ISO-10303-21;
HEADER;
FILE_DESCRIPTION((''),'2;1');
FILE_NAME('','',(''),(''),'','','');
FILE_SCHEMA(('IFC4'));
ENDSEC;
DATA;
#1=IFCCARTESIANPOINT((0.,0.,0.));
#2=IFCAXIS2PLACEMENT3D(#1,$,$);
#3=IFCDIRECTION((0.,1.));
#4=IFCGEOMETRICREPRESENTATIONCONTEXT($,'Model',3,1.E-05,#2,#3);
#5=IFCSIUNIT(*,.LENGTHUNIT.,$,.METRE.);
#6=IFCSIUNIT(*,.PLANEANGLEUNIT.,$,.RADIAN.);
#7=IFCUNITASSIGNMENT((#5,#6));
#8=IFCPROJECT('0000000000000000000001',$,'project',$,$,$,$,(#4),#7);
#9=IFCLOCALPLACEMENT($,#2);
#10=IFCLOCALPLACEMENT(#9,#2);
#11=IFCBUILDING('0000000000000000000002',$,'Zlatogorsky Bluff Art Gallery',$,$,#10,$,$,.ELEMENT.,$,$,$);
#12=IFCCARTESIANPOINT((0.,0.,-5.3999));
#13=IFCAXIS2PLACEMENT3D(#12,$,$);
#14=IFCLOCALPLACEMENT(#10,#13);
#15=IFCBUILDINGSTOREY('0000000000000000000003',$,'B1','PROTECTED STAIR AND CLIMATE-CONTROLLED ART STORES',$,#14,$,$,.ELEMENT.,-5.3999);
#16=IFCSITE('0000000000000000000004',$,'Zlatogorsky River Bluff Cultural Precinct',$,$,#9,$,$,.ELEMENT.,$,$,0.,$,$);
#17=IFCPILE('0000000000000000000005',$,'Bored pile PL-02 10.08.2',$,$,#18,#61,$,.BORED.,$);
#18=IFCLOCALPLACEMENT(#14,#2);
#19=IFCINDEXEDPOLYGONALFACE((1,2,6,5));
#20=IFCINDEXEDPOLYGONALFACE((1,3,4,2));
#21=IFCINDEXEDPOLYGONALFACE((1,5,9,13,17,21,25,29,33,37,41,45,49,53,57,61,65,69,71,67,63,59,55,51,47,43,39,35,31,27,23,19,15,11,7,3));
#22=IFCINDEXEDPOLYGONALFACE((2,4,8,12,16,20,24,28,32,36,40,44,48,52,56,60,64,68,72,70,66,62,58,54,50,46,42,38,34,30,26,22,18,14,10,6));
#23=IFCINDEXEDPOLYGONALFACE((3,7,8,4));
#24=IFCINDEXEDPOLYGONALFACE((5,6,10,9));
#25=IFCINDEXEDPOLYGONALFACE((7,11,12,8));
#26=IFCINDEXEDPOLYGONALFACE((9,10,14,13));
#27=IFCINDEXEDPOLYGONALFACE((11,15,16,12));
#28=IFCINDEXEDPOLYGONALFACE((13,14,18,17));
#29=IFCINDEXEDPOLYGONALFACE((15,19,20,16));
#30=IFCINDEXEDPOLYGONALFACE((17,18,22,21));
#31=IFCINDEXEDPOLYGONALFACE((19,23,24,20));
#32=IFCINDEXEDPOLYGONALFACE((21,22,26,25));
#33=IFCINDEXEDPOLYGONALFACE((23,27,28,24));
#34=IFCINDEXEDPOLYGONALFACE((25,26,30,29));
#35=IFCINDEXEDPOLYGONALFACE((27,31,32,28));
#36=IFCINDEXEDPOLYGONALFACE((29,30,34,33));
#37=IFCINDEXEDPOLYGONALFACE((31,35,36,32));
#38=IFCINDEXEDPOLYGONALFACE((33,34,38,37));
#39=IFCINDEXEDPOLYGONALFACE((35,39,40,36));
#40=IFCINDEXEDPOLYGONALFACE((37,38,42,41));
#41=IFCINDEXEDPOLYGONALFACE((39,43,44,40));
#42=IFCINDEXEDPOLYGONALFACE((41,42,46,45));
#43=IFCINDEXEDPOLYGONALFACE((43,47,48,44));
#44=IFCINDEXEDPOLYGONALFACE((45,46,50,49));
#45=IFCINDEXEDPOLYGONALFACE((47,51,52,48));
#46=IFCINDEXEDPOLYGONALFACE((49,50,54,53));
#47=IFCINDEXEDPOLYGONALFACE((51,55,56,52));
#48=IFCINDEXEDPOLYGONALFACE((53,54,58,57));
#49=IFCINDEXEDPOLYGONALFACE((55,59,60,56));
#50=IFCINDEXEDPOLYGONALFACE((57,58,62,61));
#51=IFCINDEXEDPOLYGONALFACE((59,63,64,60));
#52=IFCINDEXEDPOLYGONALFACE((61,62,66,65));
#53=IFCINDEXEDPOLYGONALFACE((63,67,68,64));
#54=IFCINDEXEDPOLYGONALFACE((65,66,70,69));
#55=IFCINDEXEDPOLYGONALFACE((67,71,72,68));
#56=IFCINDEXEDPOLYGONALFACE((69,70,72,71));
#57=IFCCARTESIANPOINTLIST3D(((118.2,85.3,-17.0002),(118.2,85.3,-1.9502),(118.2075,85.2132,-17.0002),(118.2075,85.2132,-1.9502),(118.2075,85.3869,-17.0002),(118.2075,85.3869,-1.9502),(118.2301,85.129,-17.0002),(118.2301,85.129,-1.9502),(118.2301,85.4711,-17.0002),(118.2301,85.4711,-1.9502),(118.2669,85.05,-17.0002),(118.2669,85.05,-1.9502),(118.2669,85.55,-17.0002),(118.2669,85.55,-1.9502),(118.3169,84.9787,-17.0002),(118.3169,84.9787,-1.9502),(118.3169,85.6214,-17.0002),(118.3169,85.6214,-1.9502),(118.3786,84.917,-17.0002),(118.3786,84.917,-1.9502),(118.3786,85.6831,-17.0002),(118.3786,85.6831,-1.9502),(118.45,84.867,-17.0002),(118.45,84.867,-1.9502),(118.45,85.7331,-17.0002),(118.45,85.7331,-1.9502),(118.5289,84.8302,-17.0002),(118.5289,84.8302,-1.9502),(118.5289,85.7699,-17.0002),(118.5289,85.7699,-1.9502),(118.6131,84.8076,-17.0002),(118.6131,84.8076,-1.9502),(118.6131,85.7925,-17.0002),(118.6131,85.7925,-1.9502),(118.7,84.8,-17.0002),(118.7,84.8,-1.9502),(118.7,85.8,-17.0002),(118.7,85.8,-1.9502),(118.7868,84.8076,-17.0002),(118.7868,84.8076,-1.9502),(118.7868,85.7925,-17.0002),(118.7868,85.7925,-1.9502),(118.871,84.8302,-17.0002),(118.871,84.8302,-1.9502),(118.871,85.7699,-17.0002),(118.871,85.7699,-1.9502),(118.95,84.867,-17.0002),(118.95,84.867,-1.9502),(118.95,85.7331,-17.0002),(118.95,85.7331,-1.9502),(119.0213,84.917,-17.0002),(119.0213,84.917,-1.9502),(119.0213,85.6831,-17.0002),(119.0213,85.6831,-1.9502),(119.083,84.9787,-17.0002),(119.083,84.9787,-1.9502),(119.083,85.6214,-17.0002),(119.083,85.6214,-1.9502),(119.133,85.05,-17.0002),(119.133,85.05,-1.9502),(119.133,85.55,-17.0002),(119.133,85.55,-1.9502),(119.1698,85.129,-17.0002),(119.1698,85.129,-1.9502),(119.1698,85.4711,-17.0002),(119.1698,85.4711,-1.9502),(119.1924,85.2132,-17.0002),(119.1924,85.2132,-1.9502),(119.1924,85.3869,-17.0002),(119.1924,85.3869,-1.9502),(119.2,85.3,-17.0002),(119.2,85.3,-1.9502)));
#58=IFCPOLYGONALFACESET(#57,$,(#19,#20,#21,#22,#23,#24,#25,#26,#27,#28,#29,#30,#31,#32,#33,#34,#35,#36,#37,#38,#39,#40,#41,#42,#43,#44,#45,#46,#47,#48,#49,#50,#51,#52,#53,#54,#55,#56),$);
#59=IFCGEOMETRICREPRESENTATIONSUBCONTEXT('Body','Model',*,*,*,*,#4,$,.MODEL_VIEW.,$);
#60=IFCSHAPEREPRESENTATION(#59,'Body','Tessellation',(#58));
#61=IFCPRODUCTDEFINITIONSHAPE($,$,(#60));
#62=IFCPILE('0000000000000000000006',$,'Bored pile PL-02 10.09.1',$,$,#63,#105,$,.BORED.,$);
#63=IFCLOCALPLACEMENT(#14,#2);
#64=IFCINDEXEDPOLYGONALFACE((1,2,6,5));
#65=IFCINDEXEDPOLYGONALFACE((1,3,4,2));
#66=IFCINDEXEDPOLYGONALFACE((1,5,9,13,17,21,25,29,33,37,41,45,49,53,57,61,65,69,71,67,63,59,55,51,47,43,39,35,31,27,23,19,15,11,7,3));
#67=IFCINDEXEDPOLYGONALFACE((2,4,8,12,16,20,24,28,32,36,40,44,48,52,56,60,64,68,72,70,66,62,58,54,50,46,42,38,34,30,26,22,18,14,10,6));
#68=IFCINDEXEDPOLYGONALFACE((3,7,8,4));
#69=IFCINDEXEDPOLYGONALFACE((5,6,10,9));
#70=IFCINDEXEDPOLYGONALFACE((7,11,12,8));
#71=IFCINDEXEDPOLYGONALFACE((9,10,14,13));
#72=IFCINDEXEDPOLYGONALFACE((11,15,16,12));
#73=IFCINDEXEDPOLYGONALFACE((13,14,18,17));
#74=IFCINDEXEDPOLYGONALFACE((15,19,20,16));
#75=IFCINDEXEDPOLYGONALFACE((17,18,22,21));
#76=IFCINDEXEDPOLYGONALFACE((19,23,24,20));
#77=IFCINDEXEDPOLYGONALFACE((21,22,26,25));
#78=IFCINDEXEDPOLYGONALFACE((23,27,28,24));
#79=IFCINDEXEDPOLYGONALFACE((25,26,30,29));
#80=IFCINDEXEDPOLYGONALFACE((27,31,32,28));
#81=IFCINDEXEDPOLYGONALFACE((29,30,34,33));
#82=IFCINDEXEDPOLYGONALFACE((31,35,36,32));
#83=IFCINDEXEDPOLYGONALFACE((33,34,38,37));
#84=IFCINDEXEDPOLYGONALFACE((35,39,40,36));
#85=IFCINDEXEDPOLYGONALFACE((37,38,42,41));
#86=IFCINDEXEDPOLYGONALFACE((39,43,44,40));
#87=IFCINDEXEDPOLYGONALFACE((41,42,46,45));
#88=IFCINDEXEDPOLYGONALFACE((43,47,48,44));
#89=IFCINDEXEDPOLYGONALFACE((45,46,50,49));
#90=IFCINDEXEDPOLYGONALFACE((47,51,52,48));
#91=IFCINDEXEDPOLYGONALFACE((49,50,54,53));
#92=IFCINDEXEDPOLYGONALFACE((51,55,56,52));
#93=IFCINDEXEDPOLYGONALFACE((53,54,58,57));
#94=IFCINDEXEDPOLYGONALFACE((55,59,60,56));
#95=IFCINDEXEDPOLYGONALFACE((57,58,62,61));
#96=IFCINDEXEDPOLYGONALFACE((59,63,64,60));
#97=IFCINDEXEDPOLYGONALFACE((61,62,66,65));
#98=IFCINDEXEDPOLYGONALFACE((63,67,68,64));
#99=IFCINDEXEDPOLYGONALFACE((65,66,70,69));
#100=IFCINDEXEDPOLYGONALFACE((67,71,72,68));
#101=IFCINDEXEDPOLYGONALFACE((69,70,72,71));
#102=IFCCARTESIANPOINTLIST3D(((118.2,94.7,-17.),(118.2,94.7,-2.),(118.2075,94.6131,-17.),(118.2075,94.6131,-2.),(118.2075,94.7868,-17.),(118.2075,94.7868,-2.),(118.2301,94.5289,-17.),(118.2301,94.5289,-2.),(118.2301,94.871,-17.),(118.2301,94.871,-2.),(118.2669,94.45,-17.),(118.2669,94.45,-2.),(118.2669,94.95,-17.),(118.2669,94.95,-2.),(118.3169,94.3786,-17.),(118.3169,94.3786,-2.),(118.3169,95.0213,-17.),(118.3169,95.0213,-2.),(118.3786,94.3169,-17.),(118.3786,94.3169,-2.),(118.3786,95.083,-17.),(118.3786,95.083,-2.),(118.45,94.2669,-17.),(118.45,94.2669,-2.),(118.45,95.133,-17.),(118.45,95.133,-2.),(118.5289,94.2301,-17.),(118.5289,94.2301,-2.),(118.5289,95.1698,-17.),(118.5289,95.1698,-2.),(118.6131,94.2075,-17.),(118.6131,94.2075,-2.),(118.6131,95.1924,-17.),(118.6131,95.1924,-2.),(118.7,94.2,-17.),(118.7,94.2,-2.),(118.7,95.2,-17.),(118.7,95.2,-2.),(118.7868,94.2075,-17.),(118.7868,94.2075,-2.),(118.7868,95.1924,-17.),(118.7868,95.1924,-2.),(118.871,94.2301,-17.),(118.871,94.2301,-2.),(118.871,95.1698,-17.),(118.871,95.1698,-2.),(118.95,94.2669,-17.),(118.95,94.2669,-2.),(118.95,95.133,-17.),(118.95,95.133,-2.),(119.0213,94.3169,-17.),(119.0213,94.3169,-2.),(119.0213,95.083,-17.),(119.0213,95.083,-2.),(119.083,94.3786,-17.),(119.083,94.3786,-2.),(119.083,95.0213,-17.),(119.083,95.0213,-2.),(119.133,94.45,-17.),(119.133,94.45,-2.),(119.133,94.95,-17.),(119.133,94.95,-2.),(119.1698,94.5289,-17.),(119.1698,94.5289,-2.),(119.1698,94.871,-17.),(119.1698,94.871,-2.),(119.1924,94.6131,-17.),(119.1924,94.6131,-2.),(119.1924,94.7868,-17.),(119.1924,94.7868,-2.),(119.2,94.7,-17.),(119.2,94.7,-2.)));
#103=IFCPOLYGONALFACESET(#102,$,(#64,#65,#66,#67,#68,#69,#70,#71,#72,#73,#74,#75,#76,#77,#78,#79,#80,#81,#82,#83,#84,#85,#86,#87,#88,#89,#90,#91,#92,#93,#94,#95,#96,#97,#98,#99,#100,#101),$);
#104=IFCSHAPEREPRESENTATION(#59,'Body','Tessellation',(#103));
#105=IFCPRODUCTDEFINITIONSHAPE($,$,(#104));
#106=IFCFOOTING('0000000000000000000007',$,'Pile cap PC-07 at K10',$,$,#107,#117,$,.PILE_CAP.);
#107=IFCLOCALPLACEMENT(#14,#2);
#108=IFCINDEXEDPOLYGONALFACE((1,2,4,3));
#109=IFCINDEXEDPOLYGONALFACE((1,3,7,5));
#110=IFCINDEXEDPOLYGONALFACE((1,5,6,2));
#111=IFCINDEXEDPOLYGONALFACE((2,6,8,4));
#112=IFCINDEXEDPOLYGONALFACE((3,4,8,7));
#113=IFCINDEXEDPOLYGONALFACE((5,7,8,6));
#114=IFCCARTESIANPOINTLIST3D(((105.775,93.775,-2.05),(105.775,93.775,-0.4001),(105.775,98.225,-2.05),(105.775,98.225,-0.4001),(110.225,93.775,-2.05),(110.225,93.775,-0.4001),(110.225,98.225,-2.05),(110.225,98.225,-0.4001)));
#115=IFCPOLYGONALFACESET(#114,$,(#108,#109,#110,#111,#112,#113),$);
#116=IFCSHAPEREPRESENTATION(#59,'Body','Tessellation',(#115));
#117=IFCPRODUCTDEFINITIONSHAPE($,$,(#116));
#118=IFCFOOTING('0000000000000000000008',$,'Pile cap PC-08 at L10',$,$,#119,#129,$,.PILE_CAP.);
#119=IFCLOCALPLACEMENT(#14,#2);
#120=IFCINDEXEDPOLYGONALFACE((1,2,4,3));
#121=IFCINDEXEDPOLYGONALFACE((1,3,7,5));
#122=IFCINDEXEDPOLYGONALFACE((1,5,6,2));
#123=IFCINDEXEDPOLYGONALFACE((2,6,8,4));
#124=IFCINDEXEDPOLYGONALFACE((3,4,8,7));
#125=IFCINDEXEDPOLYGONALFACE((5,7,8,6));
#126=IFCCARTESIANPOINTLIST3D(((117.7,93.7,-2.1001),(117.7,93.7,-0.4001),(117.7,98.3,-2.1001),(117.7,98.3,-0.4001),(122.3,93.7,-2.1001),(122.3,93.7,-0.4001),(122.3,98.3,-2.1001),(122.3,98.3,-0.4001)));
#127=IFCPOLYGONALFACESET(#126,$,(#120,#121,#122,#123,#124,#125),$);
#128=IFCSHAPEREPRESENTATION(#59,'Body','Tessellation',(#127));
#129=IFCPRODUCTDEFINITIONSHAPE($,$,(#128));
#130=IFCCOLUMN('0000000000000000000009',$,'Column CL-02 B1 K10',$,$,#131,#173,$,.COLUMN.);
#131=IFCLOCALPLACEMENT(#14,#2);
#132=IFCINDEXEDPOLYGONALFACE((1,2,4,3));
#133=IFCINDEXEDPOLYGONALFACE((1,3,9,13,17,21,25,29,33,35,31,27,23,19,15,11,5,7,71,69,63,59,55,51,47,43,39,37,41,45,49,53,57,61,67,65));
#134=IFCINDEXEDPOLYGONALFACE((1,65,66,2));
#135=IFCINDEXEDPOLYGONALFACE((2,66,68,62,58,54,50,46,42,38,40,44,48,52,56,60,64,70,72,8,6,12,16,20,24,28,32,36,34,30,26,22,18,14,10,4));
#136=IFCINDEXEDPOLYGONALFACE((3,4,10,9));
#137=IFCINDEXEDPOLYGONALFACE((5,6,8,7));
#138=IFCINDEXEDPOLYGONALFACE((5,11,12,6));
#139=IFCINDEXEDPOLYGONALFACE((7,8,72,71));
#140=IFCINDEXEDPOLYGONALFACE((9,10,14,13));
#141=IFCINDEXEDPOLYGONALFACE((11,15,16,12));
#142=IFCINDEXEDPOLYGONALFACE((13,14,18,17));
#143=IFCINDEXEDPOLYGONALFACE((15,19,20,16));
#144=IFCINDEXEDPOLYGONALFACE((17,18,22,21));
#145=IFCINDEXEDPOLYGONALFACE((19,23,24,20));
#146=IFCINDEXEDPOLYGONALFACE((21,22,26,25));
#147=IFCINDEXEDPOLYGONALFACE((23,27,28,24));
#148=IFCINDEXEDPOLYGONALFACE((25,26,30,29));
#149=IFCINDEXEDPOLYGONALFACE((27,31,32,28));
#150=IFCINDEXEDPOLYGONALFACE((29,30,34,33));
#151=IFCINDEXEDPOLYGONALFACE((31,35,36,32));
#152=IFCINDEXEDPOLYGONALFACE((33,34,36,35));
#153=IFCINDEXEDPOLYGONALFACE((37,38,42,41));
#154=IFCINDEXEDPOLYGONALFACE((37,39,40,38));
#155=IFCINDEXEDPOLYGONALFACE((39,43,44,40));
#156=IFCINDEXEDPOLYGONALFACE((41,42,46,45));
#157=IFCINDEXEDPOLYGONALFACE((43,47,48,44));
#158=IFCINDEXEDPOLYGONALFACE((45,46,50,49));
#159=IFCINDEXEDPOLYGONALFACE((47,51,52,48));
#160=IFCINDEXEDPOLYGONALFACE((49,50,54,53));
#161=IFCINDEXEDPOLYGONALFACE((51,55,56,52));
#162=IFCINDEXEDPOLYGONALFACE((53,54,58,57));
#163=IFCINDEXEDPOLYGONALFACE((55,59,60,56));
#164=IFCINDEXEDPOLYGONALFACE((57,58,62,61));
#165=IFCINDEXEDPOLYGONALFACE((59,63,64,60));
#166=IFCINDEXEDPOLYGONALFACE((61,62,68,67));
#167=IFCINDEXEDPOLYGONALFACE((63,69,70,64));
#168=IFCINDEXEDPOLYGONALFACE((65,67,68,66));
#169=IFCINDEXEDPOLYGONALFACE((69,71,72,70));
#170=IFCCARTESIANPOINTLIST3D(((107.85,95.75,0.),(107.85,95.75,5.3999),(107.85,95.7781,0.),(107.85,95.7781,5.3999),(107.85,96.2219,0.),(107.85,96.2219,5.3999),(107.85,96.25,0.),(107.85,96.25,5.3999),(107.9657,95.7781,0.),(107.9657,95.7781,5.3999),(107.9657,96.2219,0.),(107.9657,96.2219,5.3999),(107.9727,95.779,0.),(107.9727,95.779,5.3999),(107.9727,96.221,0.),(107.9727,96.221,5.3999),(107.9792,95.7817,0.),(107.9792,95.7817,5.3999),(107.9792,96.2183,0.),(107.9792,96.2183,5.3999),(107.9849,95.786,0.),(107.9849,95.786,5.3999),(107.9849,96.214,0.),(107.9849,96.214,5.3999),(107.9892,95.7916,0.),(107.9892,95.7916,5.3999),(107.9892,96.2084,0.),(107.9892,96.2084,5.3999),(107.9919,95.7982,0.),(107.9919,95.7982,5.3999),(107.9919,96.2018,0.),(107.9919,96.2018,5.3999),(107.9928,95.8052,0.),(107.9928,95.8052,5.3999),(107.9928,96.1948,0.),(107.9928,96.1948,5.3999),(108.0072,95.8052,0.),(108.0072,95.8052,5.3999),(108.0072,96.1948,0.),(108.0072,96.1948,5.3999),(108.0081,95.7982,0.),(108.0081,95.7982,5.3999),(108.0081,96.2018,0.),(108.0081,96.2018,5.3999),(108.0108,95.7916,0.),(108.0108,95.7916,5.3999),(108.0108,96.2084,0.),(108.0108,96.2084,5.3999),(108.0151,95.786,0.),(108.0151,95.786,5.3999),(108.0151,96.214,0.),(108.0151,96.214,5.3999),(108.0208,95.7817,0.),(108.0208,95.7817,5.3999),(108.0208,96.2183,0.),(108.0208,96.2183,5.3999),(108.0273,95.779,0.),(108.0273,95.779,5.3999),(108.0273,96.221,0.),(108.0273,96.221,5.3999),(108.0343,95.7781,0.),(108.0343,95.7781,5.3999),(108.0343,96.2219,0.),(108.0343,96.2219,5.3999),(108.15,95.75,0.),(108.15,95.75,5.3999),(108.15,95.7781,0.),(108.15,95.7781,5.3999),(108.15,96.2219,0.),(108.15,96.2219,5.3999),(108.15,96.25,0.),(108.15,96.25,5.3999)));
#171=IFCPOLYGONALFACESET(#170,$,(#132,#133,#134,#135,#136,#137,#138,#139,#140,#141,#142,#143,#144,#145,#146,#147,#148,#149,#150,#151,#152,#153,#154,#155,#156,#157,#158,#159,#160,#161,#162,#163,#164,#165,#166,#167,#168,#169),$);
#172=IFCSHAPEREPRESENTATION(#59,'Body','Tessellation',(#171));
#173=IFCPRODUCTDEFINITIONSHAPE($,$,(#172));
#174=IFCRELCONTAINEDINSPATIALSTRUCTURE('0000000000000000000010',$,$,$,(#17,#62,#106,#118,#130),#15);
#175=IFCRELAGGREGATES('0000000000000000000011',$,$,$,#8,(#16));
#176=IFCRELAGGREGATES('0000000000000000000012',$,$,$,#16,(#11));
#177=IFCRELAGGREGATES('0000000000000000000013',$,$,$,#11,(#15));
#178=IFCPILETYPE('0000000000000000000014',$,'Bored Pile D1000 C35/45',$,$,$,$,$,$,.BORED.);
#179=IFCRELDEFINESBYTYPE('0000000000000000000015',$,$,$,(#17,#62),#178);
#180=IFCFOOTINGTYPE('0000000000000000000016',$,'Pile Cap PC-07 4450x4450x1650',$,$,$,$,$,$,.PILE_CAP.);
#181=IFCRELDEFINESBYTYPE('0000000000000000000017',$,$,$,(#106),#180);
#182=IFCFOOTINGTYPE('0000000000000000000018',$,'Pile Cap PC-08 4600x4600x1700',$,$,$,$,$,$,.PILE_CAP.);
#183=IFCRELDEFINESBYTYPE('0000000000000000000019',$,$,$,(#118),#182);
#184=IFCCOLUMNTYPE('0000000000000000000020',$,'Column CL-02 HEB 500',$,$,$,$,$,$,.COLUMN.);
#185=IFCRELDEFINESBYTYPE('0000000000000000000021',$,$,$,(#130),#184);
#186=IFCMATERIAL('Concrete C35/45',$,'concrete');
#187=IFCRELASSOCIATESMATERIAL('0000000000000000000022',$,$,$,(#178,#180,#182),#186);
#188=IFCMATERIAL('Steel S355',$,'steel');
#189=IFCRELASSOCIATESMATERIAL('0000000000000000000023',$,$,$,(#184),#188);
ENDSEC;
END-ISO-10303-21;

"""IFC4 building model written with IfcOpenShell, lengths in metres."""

from ifc_helpers import new_model, si_unit, direction, frame, origin, origin_2d, place, context, subcontext, project, spatial, rectangle, circle, i_section, extrude, material, material_profile, profile_set, type_object, element, save


model = new_model("IFC4")

# Units and contexts
model_context = context("Model", 3, precision=1e-05, world=origin(), true_north=direction((0.0, 1.0)))
body_context = subcontext(model_context, "Body", "Model", "MODEL_VIEW")
ifc_project = project(units=[si_unit("LENGTHUNIT", "METRE"), si_unit("PLANEANGLEUNIT", "RADIAN")], contexts=[model_context])

# Site, building, storey
site_placement = place(None, origin())
site = spatial("IfcSite", under=ifc_project, at=site_placement, Name="Zlatogorsky River Bluff Cultural Precinct", CompositionType="ELEMENT", RefElevation=0.0)
building_placement = place(site_placement, origin())
building = spatial("IfcBuilding", under=site, at=building_placement, Name="Zlatogorsky Bluff Art Gallery", CompositionType="ELEMENT")
storey_placement = place(building_placement, frame((0.0, 0.0, -5.3999)))
storey = spatial("IfcBuildingStorey", under=building, at=storey_placement, Name="B1", Description="PROTECTED STAIR AND CLIMATE-CONTROLLED ART STORES", CompositionType="ELEMENT", Elevation=-5.3999)

# Piles
ifc_material_1 = material(Name="Concrete C35/45", Category="concrete")
ifc_material_profile_1 = material_profile(ifc_material_1, circle(Radius=0.5, at=origin_2d()), Name="BORED PILE D1000")
ifc_profile_set_1 = profile_set([ifc_material_profile_1], Name="Concrete C35/45")
pile_type = type_object("IfcPileType", Name="Bored Pile D1000 C35/45", PredefinedType="BORED", material=ifc_profile_set_1)
for number, where, z_axis, x_axis, name in (
    (1, (118.7, 85.3, -1.9502), (0.0, 0.0, -1.0), (1.0, 0.0, 0.0), "Bored pile PL-02 10.08.2"),
):
    element("IfcPile", number, at=place(storey_placement, frame(where, z_axis=z_axis, x_axis=x_axis)), inside=storey, type_object=pile_type, Name=name, PredefinedType="BORED", context=body_context, shape_type="SweptSolid", body=[
        extrude(circle(Radius=0.5, at=origin_2d()), origin(), (0.0, 0.0, 1.0), 15.05),
    ])
pile_1_placement = place(storey_placement, frame((118.7, 94.7, -2.0), z_axis=(0.0, 0.0, -1.0), x_axis=(1.0, 0.0, 0.0)))
element("IfcPile", 2, at=pile_1_placement, inside=storey, type_object=pile_type, Name="Bored pile PL-02 10.09.1", PredefinedType="BORED", context=body_context, shape_type="SweptSolid", body=[
    extrude(circle(Radius=0.5, at=origin_2d()), origin(), (0.0, 0.0, 1.0), 15.0),
])

# Footings
footing_type_1 = type_object("IfcFootingType", Name="Pile Cap PC-07 4450x4450x1650", PredefinedType="PILE_CAP", material=ifc_material_1)
footing_1_placement = place(storey_placement, frame((108.0, 96.0, -2.05), z_axis=(0.0, 0.0, 1.0), x_axis=(1.0, 0.0, 0.0)))
element("IfcFooting", 3, at=footing_1_placement, inside=storey, type_object=footing_type_1, Name="Pile cap PC-07 at K10", PredefinedType="PILE_CAP", context=body_context, shape_type="SweptSolid", body=[
    extrude(rectangle(XDim=4.45, YDim=4.45, at=origin_2d()), origin(), (0.0, 0.0, 1.0), 1.6499),
])
footing_type_2 = type_object("IfcFootingType", Name="Pile Cap PC-08 4600x4600x1700", PredefinedType="PILE_CAP", material=ifc_material_1)
footing_2_placement = place(storey_placement, frame((120.0, 96.0, -2.1001), z_axis=(0.0, 0.0, 1.0), x_axis=(1.0, 0.0, 0.0)))
element("IfcFooting", 4, at=footing_2_placement, inside=storey, type_object=footing_type_2, Name="Pile cap PC-08 at L10", PredefinedType="PILE_CAP", context=body_context, shape_type="SweptSolid", body=[
    extrude(rectangle(XDim=4.6001, YDim=4.6001, at=origin_2d()), origin(), (0.0, 0.0, 1.0), 1.7),
])

# Column
ifc_material_2 = material(Name="Steel S355", Category="steel")
ifc_material_profile_2 = material_profile(ifc_material_2, i_section(OverallWidth=0.3, OverallDepth=0.5, WebThickness=0.0144, FlangeThickness=0.0281, FilletRadius=0.0271, at=origin_2d()), Name="HEB 500")
ifc_profile_set_2 = profile_set([ifc_material_profile_2], Name="Steel S355")
column_type = type_object("IfcColumnType", Name="Column CL-02 HEB 500", PredefinedType="COLUMN", material=ifc_profile_set_2)
column_placement = place(storey_placement, frame((108.0, 96.0, 0.0), z_axis=(0.0, 0.0, 1.0), x_axis=(1.0, 0.0, 0.0)))
element("IfcColumn", 5, at=column_placement, inside=storey, type_object=column_type, Name="Column CL-02 B1 K10", PredefinedType="COLUMN", context=body_context, shape_type="SweptSolid", body=[
    extrude(i_section(OverallWidth=0.3, OverallDepth=0.5, WebThickness=0.0144, FlangeThickness=0.0281, FilletRadius=0.0271, at=origin_2d()), origin(), (0.0, 0.0, 1.0), 5.3999),
])

save(model, "model.ifc")
